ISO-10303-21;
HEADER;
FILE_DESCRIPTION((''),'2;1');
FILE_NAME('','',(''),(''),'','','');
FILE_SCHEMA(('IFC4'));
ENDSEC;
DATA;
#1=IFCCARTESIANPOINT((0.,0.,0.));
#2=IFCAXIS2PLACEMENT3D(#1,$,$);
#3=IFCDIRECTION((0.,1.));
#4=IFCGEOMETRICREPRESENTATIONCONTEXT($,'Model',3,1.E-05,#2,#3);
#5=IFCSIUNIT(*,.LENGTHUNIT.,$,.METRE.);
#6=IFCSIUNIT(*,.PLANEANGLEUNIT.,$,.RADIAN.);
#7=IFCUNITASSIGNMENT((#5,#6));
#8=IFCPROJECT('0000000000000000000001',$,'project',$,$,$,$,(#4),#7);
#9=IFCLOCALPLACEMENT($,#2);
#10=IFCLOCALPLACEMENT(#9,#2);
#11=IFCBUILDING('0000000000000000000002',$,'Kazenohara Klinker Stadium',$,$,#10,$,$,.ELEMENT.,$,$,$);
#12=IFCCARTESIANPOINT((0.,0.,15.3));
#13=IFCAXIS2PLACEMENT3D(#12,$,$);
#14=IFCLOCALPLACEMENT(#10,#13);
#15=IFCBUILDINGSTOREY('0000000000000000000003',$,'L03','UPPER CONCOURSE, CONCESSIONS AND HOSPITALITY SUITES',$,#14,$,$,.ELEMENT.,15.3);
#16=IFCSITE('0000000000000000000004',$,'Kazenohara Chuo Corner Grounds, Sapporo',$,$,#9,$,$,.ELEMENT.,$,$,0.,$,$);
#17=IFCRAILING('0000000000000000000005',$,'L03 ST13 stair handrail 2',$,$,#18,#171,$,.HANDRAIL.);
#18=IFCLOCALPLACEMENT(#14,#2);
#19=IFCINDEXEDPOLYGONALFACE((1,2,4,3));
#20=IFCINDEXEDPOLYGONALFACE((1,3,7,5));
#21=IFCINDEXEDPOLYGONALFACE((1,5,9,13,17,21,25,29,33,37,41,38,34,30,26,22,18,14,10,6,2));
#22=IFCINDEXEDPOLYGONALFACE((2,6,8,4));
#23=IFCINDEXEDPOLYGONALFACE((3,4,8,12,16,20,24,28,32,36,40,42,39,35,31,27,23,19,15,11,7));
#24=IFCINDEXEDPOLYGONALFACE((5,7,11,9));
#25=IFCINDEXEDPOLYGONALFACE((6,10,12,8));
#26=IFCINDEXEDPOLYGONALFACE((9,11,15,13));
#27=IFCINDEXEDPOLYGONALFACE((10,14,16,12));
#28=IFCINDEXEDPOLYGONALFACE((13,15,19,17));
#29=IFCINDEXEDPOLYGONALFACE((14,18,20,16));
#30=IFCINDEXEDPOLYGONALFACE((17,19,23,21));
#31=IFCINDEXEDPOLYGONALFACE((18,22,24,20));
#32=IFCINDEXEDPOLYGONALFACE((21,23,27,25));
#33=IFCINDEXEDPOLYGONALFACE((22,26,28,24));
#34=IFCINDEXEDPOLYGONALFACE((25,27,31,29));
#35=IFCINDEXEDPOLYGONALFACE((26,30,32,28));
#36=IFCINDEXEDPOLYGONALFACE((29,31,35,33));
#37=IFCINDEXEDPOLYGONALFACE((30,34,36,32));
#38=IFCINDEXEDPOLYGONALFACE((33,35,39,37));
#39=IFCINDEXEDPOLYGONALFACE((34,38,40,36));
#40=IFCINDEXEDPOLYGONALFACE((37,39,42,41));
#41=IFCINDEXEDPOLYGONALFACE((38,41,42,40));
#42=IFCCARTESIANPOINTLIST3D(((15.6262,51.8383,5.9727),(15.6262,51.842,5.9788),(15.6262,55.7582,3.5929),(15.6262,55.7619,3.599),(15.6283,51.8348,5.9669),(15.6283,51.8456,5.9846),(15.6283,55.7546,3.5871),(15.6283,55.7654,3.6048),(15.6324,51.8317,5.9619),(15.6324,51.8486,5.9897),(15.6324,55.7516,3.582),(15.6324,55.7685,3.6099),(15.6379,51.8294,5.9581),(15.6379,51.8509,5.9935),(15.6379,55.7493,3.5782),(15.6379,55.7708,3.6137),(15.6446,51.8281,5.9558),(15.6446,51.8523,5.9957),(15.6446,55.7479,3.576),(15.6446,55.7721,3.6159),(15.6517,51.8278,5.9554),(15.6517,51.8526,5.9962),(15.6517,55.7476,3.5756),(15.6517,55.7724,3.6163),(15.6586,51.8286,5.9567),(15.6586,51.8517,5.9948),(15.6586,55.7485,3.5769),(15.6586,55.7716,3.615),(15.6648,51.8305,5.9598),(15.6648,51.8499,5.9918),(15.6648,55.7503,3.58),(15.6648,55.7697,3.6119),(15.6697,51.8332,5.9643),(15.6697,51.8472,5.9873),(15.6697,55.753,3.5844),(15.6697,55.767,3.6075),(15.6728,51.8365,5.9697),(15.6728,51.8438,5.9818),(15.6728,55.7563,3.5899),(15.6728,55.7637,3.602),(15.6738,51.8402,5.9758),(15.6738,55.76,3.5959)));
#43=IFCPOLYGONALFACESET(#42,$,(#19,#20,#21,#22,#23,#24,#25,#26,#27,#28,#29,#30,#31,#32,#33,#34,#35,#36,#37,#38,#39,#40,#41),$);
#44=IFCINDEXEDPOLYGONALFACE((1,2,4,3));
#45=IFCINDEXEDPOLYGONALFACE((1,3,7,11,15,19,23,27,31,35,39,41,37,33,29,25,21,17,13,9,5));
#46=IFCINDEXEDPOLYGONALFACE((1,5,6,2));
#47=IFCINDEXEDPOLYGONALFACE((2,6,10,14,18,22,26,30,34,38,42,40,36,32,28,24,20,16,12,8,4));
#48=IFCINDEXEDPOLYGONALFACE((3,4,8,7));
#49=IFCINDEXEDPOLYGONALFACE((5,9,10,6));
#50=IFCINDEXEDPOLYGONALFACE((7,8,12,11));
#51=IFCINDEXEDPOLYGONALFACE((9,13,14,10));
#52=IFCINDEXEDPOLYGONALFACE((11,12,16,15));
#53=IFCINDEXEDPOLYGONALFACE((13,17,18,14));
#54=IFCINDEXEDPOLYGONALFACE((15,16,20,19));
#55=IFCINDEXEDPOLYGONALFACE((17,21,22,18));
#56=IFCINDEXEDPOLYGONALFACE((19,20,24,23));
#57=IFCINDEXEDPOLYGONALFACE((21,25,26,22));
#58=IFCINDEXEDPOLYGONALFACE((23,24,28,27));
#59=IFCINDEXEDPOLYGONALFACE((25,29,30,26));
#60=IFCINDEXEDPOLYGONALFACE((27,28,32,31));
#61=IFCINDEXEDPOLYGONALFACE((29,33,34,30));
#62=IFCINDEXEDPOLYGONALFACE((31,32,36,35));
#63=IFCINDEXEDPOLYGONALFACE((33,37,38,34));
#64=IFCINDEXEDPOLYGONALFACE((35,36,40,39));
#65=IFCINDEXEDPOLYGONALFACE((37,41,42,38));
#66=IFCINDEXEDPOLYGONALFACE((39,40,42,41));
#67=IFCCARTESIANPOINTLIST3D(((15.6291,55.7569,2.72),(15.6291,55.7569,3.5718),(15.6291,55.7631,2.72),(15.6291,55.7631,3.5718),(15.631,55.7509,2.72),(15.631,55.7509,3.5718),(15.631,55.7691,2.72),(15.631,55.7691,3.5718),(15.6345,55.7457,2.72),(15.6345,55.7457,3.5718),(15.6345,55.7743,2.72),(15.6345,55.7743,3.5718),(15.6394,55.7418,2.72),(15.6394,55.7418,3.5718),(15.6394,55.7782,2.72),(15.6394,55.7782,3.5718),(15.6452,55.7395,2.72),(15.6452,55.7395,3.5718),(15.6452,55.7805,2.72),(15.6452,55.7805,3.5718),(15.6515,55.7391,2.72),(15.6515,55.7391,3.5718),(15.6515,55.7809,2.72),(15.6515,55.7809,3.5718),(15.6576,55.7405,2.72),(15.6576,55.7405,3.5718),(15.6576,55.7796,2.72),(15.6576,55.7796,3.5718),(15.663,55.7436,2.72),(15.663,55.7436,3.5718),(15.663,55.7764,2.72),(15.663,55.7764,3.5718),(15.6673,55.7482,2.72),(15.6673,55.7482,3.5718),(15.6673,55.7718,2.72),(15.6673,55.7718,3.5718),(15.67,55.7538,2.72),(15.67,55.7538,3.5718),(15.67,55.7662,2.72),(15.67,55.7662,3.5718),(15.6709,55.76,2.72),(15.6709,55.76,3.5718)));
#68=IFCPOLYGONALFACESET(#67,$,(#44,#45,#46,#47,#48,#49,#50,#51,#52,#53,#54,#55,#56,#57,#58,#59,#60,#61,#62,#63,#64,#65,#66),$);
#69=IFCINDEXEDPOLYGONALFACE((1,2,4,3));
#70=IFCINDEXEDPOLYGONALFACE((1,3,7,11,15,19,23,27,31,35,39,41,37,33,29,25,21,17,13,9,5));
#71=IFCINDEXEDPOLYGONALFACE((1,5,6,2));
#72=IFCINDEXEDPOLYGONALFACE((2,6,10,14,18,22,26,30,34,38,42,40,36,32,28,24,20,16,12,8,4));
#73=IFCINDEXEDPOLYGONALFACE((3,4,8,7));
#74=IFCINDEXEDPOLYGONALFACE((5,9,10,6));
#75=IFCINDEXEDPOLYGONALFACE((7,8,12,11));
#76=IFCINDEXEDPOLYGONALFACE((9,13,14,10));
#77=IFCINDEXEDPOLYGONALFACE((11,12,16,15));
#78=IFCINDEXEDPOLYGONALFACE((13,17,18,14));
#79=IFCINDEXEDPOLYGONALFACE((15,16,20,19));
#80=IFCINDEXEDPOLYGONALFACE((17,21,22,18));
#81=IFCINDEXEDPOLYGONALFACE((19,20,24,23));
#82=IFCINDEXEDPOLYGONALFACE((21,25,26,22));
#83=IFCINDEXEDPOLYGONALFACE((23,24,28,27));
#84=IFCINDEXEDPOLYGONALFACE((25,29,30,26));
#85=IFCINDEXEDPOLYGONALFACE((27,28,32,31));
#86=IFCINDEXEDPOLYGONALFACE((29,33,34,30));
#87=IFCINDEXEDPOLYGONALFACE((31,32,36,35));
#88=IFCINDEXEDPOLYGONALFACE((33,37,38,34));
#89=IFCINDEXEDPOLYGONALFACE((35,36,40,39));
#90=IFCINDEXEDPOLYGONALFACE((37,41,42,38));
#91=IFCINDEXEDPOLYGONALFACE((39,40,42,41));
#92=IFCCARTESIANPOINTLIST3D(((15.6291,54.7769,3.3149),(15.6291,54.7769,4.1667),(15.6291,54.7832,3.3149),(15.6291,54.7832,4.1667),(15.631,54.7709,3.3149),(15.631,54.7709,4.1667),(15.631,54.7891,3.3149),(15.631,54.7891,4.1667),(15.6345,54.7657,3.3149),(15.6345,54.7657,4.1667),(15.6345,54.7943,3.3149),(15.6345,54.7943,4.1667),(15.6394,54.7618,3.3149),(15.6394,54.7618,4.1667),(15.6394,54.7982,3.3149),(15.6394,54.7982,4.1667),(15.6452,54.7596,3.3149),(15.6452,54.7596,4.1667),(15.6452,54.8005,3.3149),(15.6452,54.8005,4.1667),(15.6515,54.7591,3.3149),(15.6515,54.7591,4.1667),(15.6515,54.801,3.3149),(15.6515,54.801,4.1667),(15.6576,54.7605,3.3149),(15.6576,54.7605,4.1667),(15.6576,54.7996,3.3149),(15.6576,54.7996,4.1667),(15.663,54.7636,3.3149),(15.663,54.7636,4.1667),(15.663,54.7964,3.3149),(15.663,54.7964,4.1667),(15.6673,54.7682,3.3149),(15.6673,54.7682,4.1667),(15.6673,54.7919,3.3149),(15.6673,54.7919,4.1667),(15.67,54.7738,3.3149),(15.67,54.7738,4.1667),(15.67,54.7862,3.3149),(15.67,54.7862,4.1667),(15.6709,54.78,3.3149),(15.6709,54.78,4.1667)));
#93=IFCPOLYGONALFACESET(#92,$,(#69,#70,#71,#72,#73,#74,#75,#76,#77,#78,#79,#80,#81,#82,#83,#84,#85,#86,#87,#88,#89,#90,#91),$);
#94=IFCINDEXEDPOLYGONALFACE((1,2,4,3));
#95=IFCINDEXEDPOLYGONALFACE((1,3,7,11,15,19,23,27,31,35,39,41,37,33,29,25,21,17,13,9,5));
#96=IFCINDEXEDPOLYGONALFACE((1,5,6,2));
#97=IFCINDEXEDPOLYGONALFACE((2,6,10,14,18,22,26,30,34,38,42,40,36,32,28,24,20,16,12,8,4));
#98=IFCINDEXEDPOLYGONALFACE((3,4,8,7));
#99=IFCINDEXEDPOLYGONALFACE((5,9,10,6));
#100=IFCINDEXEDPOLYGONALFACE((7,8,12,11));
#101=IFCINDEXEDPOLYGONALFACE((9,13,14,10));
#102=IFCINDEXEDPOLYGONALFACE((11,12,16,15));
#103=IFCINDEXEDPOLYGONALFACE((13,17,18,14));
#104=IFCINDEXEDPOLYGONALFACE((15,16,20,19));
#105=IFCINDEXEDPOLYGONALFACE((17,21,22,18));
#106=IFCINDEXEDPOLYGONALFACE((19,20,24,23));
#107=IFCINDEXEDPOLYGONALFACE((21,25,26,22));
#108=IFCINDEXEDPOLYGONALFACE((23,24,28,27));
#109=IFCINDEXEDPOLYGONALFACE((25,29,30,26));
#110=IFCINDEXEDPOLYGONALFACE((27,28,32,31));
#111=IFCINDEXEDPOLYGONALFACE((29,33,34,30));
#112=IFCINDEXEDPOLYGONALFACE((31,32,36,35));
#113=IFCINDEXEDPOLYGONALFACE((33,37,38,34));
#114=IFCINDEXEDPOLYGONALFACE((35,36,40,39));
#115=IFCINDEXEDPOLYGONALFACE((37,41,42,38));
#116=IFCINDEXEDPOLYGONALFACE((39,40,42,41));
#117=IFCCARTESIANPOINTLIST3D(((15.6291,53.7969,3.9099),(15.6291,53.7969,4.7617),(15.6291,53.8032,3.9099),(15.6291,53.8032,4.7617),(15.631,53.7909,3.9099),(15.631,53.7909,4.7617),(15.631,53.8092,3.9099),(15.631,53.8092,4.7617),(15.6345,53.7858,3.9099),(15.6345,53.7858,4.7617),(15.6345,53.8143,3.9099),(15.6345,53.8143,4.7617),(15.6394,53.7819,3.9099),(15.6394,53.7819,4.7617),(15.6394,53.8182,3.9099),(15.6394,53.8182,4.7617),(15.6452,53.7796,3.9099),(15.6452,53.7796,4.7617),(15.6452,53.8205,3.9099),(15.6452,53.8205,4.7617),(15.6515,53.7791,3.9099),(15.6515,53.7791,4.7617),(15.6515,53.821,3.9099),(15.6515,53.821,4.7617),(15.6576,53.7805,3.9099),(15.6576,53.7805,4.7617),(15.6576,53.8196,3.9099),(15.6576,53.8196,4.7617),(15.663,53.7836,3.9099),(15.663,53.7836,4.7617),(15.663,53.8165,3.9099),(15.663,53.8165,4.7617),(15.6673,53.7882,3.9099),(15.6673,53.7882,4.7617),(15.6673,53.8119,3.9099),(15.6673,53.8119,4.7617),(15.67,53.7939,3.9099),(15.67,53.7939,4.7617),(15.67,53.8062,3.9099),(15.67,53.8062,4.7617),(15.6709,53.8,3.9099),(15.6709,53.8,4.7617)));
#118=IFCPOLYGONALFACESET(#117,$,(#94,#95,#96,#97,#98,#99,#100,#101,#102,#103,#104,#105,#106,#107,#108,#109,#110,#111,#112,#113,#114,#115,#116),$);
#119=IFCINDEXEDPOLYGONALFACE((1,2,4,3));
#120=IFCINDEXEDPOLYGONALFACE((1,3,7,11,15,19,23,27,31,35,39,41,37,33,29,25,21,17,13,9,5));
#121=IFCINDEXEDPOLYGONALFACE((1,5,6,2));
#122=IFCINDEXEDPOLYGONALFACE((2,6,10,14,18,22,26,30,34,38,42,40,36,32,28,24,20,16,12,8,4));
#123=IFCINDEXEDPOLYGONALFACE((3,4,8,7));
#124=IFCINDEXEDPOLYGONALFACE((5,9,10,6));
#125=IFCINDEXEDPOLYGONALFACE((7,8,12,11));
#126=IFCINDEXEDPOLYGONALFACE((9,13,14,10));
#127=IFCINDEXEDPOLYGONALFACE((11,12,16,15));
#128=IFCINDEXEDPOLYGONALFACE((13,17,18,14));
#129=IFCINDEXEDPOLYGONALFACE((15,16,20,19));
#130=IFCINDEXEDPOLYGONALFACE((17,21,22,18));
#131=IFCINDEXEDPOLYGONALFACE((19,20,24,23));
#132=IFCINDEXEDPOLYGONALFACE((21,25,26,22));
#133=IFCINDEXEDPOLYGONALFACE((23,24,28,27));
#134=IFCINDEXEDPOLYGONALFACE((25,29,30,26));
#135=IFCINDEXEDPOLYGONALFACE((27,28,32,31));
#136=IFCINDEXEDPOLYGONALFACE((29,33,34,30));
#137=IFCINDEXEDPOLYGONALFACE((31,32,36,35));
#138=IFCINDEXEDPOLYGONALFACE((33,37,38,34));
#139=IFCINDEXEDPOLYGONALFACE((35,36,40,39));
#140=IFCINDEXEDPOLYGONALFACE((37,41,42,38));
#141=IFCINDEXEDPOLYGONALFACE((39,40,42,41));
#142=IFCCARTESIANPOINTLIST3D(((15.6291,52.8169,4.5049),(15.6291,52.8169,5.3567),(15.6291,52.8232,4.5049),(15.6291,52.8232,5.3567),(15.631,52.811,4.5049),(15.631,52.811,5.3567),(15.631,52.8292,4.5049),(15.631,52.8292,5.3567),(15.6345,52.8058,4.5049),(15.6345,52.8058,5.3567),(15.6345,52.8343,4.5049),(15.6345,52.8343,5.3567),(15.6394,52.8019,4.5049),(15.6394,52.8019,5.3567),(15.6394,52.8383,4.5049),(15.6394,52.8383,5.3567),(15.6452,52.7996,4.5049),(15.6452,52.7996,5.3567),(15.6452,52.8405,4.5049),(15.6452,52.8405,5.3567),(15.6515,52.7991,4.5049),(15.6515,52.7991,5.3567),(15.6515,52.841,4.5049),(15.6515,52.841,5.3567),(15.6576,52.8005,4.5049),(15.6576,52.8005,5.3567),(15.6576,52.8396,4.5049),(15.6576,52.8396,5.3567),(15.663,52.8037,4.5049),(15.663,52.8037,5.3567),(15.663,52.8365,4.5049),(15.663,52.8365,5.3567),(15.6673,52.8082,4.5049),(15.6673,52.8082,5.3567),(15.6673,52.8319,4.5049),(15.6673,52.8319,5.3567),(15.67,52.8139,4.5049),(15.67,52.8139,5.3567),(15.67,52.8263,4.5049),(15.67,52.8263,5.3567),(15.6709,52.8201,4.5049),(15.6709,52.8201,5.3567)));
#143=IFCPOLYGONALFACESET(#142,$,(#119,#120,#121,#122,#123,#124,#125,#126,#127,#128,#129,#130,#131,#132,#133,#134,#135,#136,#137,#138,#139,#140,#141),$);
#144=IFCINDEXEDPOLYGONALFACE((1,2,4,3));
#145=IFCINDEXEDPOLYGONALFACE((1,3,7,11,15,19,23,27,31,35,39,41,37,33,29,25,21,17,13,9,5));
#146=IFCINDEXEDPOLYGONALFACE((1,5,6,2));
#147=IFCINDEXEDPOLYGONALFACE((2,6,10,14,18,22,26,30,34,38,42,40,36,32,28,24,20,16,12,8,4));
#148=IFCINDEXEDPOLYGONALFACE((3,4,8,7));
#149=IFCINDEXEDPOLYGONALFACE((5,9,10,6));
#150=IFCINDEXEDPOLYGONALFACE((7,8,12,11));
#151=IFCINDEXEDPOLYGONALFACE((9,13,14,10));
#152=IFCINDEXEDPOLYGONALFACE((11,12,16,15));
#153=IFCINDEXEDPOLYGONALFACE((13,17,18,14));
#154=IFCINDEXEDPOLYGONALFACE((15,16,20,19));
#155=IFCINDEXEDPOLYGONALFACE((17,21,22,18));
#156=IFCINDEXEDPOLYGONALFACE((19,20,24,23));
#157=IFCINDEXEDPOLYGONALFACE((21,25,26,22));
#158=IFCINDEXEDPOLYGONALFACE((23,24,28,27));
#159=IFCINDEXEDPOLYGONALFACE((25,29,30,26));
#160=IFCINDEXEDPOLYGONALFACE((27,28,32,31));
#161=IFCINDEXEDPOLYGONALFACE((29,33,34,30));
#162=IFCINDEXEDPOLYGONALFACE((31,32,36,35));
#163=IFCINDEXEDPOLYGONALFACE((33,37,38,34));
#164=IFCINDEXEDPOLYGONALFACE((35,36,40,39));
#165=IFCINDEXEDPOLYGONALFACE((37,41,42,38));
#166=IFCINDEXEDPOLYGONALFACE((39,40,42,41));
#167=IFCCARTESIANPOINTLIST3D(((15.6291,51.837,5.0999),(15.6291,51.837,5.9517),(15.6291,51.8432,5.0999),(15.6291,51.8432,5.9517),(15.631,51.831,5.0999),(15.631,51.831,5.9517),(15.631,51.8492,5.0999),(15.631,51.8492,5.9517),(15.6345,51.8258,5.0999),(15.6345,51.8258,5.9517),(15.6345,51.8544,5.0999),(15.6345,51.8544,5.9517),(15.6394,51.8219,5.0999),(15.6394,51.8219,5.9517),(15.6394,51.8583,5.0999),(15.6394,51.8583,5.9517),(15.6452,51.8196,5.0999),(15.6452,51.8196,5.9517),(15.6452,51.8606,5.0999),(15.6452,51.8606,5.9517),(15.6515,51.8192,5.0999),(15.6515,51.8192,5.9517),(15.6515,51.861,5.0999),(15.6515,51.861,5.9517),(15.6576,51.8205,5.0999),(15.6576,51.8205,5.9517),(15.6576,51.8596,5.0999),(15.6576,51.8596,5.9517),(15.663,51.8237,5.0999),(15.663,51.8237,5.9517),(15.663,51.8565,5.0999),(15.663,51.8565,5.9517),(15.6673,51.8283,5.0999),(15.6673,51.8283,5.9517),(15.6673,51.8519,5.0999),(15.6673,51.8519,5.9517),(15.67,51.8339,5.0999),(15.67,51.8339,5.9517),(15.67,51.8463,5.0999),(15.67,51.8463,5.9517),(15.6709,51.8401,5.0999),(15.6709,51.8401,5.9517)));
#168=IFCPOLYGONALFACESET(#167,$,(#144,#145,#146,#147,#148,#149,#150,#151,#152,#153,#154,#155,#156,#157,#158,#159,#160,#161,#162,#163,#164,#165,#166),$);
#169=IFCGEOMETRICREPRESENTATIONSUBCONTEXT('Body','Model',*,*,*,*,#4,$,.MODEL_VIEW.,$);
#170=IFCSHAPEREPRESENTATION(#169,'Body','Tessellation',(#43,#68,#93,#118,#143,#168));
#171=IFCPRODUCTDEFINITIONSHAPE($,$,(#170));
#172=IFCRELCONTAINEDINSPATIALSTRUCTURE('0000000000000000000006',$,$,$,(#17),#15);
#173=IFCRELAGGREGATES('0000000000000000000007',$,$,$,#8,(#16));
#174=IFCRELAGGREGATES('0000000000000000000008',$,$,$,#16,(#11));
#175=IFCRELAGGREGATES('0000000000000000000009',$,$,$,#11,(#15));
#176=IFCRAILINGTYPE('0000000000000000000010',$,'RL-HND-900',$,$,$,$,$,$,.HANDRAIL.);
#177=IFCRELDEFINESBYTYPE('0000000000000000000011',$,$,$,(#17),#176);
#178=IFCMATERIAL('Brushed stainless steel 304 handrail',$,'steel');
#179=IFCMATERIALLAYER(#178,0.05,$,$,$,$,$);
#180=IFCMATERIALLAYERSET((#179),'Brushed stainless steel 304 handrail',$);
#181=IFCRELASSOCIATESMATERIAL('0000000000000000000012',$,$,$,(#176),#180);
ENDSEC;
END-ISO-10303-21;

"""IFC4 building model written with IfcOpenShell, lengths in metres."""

from ifc_helpers import new_model, si_unit, direction, frame, origin, origin_2d, place, context, subcontext, project, spatial, circle, extrude, material, layer, layer_set, type_object, element, save


model = new_model("IFC4")

# Units and contexts
model_context = context("Model", 3, precision=1e-05, world=origin(), true_north=direction((0.0, 1.0)))
body_context = subcontext(model_context, "Body", "Model", "MODEL_VIEW")
ifc_project = project(units=[si_unit("LENGTHUNIT", "METRE"), si_unit("PLANEANGLEUNIT", "RADIAN")], contexts=[model_context])

# Site, building, storey
site_placement = place(None, origin())
site = spatial("IfcSite", under=ifc_project, at=site_placement, Name="Kazenohara Chuo Corner Grounds, Sapporo", CompositionType="ELEMENT", RefElevation=0.0)
building_placement = place(site_placement, origin())
building = spatial("IfcBuilding", under=site, at=building_placement, Name="Kazenohara Klinker Stadium", CompositionType="ELEMENT")
storey_placement = place(building_placement, frame((0.0, 0.0, 15.3)))
storey = spatial("IfcBuildingStorey", under=building, at=storey_placement, Name="L03", Description="UPPER CONCOURSE, CONCESSIONS AND HOSPITALITY SUITES", CompositionType="ELEMENT", Elevation=15.3)

# Railing
ifc_material_1 = material(Name="Brushed stainless steel 304 handrail", Category="steel")
ifc_layer_1 = layer(ifc_material_1, 0.05)
ifc_layer_set_1 = layer_set([ifc_layer_1], Name="Brushed stainless steel 304 handrail")
railing_type_1 = type_object("IfcRailingType", Name="RL-HND-900", PredefinedType="HANDRAIL", material=ifc_layer_set_1)
railing_1_placement = place(storey_placement, frame((15.6499, 55.76, 2.72)))
element("IfcRailing", 1, at=railing_1_placement, inside=storey, type_object=railing_type_1, Name="L03 ST13 stair handrail 2", PredefinedType="HANDRAIL", context=body_context, shape_type="SweptSolid", body=[
    extrude(circle(Radius=0.0239, at=origin_2d()), frame((0.0, 0.0, 0.876), z_axis=(0.0, -0.854794, 0.518967), x_axis=(1.0, 0.0, 0.0)), (0.0, 0.0, 1.0), 4.5857),
    extrude(circle(Radius=0.021, at=origin_2d()), origin(), (0.0, 0.0, 1.0), 0.8518),
    extrude(circle(Radius=0.021, at=origin_2d()), frame((0.0, -0.98, 0.595)), (0.0, 0.0, 1.0), 0.8518),
    extrude(circle(Radius=0.021, at=origin_2d()), frame((0.0, -1.96, 1.1899)), (0.0, 0.0, 1.0), 0.8518),
    extrude(circle(Radius=0.021, at=origin_2d()), frame((0.0, -2.9399, 1.7849)), (0.0, 0.0, 1.0), 0.8518),
    extrude(circle(Radius=0.021, at=origin_2d()), frame((0.0, -3.9199, 2.3799)), (0.0, 0.0, 1.0), 0.8518),
])

save(model, "model.ifc")
